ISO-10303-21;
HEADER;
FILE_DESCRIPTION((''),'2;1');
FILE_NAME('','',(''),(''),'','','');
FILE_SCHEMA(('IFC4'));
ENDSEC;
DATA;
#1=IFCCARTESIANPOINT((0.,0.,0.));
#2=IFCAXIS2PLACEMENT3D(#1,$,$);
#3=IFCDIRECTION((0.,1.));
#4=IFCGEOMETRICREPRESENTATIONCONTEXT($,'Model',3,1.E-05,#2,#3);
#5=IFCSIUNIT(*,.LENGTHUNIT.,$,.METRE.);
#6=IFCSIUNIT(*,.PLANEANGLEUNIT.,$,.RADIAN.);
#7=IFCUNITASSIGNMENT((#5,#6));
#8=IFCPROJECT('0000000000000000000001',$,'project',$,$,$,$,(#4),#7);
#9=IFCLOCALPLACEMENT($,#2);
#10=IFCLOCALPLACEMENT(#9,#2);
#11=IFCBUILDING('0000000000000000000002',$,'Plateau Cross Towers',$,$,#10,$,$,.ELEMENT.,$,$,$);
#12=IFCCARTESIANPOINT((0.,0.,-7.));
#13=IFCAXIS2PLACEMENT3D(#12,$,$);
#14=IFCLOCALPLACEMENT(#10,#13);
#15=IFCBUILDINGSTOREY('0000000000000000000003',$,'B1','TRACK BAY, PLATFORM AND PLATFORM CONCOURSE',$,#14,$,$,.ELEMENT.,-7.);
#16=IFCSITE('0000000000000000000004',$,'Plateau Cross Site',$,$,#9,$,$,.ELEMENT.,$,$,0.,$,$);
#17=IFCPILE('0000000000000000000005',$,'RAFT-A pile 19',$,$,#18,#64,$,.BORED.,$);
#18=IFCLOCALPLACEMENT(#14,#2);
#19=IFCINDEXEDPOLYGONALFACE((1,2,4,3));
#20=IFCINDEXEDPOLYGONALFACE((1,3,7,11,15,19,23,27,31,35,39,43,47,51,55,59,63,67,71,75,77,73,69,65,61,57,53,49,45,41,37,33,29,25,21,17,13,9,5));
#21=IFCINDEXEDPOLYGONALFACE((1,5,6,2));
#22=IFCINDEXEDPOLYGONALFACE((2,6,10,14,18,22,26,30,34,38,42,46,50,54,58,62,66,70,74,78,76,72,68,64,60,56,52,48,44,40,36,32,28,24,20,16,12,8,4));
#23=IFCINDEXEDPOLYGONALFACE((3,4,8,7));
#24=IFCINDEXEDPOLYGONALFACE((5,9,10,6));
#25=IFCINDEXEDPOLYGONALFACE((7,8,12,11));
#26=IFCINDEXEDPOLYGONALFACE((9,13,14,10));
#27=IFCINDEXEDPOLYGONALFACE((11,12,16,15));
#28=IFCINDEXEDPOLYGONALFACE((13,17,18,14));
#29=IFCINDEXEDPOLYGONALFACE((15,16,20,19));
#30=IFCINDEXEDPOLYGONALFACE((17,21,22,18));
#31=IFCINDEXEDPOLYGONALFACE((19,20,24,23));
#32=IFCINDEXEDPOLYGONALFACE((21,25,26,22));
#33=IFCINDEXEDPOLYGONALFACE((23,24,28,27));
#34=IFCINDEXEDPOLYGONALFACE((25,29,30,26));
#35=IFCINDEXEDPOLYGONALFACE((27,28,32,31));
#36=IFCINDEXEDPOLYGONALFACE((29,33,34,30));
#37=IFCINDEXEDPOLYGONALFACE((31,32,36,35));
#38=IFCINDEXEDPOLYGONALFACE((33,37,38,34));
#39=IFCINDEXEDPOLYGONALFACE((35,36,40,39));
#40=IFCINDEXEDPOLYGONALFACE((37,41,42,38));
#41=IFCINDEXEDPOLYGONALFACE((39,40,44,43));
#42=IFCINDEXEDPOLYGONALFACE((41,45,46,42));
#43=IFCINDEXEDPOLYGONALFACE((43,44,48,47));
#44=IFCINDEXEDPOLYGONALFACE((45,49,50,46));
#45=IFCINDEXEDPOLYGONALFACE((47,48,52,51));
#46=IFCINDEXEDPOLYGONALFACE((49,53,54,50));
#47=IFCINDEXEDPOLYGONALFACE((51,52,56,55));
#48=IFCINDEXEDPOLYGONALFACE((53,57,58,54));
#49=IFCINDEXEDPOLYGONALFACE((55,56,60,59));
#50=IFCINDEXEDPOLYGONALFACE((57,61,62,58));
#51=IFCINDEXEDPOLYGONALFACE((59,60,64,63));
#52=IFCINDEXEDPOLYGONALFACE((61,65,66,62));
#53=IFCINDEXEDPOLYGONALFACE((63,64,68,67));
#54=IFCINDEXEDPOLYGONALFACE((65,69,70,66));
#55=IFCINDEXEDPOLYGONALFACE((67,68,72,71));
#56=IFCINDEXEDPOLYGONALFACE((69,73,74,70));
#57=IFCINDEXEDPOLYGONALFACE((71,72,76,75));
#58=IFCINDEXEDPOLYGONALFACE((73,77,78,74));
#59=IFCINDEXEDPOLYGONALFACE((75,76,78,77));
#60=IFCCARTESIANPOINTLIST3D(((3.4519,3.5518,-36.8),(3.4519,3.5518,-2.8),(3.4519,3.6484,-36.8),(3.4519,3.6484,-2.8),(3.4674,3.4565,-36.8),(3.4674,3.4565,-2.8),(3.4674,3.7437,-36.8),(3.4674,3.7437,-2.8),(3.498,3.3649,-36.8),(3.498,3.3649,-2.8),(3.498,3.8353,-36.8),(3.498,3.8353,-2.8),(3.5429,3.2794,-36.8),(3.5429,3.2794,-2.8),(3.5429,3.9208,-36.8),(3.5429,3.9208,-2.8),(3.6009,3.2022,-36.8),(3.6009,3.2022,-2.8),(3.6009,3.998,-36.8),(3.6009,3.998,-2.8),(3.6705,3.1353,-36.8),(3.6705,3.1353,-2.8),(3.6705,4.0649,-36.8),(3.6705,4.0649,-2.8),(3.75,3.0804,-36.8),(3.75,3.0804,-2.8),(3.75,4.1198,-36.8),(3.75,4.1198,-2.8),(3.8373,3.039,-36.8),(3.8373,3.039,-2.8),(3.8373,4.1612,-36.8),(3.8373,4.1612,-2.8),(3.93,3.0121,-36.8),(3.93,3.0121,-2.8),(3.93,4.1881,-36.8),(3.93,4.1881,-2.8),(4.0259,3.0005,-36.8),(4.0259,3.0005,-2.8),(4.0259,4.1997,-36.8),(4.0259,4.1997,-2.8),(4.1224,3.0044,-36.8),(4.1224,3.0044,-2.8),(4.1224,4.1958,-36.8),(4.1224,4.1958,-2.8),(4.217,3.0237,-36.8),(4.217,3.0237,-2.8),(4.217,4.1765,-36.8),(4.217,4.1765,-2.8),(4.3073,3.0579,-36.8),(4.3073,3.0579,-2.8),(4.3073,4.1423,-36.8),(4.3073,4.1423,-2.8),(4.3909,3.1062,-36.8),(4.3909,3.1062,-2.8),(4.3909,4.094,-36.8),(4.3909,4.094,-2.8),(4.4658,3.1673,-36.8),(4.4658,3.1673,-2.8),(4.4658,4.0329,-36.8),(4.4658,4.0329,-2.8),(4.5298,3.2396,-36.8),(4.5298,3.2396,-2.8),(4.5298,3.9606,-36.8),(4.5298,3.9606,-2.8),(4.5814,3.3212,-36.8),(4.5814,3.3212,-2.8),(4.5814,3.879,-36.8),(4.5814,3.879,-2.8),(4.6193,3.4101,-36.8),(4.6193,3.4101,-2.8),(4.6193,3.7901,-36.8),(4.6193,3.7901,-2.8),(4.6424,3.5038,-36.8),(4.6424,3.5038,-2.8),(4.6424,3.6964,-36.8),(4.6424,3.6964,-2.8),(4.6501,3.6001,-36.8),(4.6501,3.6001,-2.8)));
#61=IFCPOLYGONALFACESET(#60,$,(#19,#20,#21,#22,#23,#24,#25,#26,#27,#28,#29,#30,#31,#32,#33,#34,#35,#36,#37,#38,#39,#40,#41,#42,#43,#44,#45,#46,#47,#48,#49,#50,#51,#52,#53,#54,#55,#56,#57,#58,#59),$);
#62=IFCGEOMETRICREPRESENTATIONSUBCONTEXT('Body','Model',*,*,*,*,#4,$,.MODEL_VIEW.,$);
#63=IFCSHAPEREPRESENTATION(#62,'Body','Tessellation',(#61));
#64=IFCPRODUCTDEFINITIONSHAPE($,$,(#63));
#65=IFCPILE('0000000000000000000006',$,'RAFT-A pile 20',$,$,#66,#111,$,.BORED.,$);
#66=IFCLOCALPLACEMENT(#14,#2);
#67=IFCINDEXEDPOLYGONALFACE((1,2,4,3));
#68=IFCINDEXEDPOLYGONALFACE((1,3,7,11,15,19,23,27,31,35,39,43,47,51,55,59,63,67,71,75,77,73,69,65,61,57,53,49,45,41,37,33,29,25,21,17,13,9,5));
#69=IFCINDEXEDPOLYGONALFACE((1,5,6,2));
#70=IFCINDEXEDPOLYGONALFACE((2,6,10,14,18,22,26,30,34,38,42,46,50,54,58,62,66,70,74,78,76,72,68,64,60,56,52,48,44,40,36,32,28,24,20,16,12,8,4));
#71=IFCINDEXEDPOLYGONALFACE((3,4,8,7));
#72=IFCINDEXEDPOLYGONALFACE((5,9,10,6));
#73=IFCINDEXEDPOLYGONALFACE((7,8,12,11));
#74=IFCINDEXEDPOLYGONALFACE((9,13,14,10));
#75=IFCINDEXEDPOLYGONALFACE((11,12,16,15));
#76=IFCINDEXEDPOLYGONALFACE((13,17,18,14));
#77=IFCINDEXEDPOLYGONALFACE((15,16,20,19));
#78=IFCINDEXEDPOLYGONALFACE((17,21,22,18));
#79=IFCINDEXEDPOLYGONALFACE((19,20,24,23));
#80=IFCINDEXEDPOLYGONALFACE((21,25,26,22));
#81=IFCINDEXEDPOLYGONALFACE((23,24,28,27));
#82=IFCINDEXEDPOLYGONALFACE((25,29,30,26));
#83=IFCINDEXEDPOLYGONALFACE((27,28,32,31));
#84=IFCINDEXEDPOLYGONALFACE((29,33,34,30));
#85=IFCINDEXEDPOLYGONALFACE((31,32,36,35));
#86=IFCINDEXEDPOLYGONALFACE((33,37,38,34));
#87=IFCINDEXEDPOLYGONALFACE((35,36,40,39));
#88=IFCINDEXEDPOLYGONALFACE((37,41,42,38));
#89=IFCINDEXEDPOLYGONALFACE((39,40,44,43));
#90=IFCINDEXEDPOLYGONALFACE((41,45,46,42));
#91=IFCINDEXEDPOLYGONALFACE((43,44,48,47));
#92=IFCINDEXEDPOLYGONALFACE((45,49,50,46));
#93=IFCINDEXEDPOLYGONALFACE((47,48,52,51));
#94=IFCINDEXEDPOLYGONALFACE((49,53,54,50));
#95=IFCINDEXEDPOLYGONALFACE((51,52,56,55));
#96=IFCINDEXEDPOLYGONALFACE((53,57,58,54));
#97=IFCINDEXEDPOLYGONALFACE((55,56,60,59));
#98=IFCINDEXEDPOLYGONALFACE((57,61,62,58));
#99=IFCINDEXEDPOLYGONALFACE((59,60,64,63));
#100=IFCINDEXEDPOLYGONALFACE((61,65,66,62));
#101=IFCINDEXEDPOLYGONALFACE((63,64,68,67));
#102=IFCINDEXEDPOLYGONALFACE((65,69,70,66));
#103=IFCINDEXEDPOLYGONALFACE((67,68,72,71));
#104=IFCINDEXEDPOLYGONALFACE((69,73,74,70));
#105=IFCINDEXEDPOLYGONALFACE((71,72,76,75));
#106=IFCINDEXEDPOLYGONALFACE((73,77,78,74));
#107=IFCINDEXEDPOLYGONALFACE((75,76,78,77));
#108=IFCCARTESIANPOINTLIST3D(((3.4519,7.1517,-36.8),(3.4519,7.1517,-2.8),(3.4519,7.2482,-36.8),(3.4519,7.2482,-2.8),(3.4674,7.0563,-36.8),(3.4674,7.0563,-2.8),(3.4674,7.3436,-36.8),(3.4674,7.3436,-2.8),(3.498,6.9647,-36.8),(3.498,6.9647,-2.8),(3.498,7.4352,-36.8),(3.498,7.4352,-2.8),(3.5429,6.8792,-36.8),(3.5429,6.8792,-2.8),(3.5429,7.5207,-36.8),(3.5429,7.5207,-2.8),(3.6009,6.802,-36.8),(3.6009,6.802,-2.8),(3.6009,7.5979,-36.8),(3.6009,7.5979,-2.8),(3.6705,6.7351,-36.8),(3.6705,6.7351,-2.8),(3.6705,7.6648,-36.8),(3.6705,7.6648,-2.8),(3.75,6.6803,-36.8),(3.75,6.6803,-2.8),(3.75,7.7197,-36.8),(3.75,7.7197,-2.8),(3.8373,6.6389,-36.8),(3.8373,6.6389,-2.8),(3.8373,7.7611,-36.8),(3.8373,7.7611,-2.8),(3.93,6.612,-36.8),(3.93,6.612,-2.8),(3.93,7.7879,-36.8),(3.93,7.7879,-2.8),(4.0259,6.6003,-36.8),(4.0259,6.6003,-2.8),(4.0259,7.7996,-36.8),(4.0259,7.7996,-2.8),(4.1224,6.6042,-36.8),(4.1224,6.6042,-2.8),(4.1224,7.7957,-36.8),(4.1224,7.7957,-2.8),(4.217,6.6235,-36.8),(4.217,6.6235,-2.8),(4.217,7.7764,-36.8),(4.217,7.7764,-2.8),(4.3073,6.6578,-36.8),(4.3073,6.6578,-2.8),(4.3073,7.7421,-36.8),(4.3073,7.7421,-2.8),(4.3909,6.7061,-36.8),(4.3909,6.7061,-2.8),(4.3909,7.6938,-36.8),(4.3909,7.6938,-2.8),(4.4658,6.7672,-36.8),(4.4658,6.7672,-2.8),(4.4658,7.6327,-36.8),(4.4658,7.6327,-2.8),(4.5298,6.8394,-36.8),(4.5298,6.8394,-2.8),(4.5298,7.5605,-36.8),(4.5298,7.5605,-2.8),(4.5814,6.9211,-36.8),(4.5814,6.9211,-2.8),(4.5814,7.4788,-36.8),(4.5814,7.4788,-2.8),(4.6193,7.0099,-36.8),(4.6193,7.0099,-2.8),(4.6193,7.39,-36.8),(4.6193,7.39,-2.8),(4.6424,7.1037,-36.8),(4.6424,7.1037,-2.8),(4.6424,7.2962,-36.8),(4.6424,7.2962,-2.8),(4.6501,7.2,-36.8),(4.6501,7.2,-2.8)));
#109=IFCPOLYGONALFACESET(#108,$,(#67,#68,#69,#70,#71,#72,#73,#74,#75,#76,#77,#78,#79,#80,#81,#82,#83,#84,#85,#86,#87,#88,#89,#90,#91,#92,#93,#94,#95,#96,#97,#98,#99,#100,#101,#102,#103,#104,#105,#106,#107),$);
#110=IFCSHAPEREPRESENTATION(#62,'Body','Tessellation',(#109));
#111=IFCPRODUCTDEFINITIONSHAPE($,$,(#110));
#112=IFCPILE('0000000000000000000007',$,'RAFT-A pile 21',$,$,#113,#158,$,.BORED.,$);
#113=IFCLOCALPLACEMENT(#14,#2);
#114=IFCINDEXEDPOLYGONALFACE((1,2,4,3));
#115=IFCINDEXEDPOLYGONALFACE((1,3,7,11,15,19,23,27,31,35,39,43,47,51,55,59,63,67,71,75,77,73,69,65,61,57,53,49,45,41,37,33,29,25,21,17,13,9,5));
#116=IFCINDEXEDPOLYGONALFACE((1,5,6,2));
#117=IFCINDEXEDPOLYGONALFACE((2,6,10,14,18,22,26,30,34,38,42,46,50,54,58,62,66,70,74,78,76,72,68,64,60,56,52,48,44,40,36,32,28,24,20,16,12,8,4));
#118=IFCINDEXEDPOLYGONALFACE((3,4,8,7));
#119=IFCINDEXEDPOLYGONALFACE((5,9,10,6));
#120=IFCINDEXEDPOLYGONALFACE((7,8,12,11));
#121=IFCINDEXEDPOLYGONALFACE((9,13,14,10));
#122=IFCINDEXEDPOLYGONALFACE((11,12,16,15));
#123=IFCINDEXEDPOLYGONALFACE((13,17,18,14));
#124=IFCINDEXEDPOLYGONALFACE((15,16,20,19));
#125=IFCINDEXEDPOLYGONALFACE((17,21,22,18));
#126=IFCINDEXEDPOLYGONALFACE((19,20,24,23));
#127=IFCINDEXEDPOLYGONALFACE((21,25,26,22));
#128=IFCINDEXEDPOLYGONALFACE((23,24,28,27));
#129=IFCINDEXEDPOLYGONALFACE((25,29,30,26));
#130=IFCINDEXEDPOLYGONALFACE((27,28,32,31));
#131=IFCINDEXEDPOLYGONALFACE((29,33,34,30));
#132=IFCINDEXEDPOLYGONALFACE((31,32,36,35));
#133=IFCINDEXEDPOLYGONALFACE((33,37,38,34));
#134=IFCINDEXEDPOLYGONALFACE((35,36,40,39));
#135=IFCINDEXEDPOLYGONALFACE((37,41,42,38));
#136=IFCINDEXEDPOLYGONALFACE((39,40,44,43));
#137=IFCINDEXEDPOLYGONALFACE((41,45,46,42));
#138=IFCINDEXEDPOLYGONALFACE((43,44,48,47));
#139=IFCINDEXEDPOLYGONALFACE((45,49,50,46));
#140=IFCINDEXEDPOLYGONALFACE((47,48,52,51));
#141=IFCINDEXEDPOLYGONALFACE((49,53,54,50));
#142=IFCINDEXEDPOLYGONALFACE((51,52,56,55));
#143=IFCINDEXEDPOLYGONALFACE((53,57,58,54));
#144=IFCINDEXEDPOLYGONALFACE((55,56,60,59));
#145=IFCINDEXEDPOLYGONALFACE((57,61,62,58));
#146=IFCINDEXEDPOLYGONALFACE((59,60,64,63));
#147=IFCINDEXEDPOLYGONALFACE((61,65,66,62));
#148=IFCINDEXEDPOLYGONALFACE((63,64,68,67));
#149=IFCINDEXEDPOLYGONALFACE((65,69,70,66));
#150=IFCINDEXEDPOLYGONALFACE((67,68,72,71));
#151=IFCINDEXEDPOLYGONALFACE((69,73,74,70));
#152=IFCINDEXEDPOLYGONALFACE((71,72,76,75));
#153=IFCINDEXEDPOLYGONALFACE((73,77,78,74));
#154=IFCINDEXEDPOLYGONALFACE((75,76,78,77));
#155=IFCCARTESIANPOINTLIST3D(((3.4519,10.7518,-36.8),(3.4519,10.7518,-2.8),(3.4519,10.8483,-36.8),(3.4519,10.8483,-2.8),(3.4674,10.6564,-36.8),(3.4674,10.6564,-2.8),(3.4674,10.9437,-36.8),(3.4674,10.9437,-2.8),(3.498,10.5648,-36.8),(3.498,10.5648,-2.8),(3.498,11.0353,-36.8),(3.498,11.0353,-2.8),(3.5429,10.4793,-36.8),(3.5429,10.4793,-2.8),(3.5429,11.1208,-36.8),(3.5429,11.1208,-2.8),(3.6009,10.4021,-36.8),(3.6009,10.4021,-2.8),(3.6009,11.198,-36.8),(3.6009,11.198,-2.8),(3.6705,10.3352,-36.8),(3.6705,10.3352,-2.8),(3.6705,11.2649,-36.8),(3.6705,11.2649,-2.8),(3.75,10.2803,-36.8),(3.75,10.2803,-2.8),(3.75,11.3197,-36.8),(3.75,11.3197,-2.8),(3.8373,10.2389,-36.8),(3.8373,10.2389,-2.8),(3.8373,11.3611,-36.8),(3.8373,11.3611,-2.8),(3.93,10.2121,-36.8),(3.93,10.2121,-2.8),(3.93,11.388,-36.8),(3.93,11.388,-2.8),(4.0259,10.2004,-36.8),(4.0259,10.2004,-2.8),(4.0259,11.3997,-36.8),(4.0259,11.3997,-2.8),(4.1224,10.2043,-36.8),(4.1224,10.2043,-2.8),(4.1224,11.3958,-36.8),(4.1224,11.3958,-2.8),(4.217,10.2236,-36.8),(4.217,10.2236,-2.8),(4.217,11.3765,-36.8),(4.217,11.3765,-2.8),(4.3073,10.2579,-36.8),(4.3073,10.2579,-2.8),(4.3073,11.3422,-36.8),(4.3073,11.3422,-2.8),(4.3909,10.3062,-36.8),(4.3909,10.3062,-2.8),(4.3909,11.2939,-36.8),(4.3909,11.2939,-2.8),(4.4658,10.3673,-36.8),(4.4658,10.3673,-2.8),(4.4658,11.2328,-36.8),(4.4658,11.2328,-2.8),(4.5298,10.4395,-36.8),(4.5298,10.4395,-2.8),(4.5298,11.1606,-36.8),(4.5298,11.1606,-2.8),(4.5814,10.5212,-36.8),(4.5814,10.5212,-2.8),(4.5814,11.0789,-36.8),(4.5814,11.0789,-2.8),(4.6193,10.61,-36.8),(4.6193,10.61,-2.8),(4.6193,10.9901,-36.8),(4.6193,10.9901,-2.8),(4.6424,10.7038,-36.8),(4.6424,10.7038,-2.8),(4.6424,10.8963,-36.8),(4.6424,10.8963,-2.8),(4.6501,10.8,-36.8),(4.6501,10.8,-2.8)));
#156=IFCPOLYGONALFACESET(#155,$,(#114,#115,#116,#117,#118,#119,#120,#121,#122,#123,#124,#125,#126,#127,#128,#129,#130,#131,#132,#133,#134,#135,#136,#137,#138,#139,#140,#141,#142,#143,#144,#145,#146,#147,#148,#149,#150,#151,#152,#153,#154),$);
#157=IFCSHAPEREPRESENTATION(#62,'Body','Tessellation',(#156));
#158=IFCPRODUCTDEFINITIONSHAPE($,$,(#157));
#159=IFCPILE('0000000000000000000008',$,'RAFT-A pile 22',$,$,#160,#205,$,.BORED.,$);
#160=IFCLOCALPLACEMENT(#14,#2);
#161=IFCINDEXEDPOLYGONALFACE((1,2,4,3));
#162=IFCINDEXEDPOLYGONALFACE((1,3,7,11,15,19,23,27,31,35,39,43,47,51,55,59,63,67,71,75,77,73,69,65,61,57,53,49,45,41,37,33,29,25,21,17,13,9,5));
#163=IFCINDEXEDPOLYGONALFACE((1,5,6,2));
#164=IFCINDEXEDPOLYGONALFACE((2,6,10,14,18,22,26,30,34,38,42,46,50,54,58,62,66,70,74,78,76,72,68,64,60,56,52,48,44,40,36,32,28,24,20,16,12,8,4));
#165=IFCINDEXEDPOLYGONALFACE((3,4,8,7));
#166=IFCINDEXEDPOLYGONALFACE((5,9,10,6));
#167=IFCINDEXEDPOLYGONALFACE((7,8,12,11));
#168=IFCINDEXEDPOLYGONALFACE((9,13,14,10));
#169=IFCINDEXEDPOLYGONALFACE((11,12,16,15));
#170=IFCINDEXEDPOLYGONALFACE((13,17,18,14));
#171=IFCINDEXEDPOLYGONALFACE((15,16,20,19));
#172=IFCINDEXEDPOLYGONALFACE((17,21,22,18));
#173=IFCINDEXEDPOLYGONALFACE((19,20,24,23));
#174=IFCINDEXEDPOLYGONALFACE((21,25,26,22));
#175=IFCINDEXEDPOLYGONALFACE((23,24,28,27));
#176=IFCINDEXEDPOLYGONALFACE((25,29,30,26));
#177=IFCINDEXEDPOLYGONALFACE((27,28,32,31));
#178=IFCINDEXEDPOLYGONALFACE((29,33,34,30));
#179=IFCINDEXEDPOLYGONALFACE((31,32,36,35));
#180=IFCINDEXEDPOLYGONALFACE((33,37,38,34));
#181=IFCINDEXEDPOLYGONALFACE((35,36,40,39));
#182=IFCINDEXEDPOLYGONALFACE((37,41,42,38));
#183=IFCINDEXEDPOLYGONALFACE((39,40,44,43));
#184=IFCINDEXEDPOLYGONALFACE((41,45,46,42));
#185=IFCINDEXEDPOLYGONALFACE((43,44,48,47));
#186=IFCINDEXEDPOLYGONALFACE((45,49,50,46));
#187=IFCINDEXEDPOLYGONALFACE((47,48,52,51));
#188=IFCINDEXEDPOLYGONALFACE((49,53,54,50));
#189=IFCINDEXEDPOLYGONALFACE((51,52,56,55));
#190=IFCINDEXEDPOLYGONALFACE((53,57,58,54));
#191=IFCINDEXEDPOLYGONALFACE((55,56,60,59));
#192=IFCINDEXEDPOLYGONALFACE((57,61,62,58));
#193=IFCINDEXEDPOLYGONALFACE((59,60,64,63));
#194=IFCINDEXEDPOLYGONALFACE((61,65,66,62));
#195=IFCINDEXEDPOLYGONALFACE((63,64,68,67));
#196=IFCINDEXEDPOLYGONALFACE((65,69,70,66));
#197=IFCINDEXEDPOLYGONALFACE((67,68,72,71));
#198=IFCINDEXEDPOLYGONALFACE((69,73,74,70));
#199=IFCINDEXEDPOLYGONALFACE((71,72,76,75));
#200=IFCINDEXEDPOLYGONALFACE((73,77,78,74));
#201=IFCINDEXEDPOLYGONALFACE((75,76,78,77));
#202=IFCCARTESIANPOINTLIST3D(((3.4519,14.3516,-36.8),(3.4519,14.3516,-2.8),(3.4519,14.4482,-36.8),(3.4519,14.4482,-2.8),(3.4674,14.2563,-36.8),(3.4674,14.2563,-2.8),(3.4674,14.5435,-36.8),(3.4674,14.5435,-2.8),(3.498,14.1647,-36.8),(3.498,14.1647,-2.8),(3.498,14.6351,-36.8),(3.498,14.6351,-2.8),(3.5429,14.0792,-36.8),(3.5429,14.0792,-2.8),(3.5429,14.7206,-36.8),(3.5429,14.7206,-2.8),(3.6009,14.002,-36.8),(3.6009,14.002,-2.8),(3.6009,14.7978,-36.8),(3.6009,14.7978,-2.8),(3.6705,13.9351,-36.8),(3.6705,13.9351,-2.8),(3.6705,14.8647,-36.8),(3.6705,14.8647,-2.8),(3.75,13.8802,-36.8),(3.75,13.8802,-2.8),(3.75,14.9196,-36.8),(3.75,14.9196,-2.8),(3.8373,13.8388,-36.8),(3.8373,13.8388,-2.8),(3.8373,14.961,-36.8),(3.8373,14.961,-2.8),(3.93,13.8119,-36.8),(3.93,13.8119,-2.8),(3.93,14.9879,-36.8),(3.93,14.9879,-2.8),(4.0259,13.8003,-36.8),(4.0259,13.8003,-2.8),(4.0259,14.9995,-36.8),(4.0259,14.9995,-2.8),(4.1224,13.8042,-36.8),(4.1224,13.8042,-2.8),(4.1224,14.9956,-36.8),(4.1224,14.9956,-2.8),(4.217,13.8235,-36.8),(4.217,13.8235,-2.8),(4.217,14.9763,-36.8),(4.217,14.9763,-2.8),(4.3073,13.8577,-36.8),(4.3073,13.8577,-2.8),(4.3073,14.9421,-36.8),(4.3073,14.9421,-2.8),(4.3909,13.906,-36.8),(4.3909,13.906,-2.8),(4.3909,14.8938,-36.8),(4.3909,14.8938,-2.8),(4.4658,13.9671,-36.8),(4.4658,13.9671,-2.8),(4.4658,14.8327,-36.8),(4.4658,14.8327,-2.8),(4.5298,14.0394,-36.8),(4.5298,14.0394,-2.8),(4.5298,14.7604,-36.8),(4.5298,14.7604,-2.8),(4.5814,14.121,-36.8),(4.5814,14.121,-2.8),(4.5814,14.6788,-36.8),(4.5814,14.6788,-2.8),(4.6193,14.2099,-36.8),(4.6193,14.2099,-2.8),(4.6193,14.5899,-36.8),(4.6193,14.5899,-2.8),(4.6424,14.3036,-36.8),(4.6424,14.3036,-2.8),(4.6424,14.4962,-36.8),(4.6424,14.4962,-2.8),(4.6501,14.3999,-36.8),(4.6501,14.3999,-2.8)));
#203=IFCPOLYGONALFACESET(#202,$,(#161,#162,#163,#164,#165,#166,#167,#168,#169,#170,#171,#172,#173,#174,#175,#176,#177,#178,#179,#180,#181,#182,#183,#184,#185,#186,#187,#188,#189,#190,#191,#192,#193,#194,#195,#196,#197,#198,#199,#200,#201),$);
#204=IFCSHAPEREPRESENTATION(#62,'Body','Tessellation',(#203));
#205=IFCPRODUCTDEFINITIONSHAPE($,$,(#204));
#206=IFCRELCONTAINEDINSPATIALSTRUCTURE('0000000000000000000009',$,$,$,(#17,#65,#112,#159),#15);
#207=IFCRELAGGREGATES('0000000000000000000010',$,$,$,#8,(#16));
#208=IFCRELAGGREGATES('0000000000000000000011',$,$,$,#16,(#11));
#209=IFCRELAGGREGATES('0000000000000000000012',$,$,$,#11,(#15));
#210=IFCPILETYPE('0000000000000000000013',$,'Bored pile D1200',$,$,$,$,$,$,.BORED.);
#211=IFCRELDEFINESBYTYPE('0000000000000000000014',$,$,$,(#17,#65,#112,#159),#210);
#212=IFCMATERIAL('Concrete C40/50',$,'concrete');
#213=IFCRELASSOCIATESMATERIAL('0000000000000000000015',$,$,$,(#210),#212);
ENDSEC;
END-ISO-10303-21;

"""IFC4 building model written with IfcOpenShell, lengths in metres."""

from ifc_helpers import new_model, si_unit, direction, frame, origin, origin_2d, place, context, subcontext, project, spatial, circle, extrude, material, material_profile, profile_set, type_object, element, save


model = new_model("IFC4")

# Units and contexts
model_context = context("Model", 3, precision=1e-05, world=origin(), true_north=direction((0.0, 1.0)))
body_context = subcontext(model_context, "Body", "Model", "MODEL_VIEW")
ifc_project = project(units=[si_unit("LENGTHUNIT", "METRE"), si_unit("PLANEANGLEUNIT", "RADIAN")], contexts=[model_context])

# Site, building, storey
site_placement = place(None, origin())
site = spatial("IfcSite", under=ifc_project, at=site_placement, Name="Plateau Cross Site", CompositionType="ELEMENT", RefElevation=0.0)
building_placement = place(site_placement, origin())
building = spatial("IfcBuilding", under=site, at=building_placement, Name="Plateau Cross Towers", CompositionType="ELEMENT")
storey_placement = place(building_placement, frame((0.0, 0.0, -7.0)))
storey = spatial("IfcBuildingStorey", under=building, at=storey_placement, Name="B1", Description="TRACK BAY, PLATFORM AND PLATFORM CONCOURSE", CompositionType="ELEMENT", Elevation=-7.0)

# Piles
ifc_material_1 = material(Name="Concrete C40/50", Category="concrete")
ifc_material_profile = material_profile(ifc_material_1, circle(Radius=0.6001, at=origin_2d()), Name="Bored pile D1200")
ifc_profile_set = profile_set([ifc_material_profile], Name="Concrete C40/50")
pile_type = type_object("IfcPileType", Name="Bored pile D1200", PredefinedType="BORED", material=ifc_profile_set)
for number, where, z_axis, x_axis, name in (
    (1, (4.05, 3.6001, -2.8), (0.0, 0.0, -1.0), (1.0, 0.0, 0.0), "RAFT-A pile 19"),
    (2, (4.05, 7.2, -2.8), (0.0, 0.0, -1.0), (1.0, 0.0, 0.0), "RAFT-A pile 20"),
    (3, (4.05, 10.8, -2.8), (0.0, 0.0, -1.0), (1.0, 0.0, 0.0), "RAFT-A pile 21"),
    (4, (4.05, 14.3999, -2.8), (0.0, 0.0, -1.0), (1.0, 0.0, 0.0), "RAFT-A pile 22"),
):
    element("IfcPile", number, at=place(storey_placement, frame(where, z_axis=z_axis, x_axis=x_axis)), inside=storey, type_object=pile_type, Name=name, PredefinedType="BORED", context=body_context, shape_type="SweptSolid", body=[
        extrude(circle(Radius=0.6001, at=origin_2d()), origin(), (0.0, 0.0, 1.0), 34.0),
    ])

save(model, "model.ifc")
